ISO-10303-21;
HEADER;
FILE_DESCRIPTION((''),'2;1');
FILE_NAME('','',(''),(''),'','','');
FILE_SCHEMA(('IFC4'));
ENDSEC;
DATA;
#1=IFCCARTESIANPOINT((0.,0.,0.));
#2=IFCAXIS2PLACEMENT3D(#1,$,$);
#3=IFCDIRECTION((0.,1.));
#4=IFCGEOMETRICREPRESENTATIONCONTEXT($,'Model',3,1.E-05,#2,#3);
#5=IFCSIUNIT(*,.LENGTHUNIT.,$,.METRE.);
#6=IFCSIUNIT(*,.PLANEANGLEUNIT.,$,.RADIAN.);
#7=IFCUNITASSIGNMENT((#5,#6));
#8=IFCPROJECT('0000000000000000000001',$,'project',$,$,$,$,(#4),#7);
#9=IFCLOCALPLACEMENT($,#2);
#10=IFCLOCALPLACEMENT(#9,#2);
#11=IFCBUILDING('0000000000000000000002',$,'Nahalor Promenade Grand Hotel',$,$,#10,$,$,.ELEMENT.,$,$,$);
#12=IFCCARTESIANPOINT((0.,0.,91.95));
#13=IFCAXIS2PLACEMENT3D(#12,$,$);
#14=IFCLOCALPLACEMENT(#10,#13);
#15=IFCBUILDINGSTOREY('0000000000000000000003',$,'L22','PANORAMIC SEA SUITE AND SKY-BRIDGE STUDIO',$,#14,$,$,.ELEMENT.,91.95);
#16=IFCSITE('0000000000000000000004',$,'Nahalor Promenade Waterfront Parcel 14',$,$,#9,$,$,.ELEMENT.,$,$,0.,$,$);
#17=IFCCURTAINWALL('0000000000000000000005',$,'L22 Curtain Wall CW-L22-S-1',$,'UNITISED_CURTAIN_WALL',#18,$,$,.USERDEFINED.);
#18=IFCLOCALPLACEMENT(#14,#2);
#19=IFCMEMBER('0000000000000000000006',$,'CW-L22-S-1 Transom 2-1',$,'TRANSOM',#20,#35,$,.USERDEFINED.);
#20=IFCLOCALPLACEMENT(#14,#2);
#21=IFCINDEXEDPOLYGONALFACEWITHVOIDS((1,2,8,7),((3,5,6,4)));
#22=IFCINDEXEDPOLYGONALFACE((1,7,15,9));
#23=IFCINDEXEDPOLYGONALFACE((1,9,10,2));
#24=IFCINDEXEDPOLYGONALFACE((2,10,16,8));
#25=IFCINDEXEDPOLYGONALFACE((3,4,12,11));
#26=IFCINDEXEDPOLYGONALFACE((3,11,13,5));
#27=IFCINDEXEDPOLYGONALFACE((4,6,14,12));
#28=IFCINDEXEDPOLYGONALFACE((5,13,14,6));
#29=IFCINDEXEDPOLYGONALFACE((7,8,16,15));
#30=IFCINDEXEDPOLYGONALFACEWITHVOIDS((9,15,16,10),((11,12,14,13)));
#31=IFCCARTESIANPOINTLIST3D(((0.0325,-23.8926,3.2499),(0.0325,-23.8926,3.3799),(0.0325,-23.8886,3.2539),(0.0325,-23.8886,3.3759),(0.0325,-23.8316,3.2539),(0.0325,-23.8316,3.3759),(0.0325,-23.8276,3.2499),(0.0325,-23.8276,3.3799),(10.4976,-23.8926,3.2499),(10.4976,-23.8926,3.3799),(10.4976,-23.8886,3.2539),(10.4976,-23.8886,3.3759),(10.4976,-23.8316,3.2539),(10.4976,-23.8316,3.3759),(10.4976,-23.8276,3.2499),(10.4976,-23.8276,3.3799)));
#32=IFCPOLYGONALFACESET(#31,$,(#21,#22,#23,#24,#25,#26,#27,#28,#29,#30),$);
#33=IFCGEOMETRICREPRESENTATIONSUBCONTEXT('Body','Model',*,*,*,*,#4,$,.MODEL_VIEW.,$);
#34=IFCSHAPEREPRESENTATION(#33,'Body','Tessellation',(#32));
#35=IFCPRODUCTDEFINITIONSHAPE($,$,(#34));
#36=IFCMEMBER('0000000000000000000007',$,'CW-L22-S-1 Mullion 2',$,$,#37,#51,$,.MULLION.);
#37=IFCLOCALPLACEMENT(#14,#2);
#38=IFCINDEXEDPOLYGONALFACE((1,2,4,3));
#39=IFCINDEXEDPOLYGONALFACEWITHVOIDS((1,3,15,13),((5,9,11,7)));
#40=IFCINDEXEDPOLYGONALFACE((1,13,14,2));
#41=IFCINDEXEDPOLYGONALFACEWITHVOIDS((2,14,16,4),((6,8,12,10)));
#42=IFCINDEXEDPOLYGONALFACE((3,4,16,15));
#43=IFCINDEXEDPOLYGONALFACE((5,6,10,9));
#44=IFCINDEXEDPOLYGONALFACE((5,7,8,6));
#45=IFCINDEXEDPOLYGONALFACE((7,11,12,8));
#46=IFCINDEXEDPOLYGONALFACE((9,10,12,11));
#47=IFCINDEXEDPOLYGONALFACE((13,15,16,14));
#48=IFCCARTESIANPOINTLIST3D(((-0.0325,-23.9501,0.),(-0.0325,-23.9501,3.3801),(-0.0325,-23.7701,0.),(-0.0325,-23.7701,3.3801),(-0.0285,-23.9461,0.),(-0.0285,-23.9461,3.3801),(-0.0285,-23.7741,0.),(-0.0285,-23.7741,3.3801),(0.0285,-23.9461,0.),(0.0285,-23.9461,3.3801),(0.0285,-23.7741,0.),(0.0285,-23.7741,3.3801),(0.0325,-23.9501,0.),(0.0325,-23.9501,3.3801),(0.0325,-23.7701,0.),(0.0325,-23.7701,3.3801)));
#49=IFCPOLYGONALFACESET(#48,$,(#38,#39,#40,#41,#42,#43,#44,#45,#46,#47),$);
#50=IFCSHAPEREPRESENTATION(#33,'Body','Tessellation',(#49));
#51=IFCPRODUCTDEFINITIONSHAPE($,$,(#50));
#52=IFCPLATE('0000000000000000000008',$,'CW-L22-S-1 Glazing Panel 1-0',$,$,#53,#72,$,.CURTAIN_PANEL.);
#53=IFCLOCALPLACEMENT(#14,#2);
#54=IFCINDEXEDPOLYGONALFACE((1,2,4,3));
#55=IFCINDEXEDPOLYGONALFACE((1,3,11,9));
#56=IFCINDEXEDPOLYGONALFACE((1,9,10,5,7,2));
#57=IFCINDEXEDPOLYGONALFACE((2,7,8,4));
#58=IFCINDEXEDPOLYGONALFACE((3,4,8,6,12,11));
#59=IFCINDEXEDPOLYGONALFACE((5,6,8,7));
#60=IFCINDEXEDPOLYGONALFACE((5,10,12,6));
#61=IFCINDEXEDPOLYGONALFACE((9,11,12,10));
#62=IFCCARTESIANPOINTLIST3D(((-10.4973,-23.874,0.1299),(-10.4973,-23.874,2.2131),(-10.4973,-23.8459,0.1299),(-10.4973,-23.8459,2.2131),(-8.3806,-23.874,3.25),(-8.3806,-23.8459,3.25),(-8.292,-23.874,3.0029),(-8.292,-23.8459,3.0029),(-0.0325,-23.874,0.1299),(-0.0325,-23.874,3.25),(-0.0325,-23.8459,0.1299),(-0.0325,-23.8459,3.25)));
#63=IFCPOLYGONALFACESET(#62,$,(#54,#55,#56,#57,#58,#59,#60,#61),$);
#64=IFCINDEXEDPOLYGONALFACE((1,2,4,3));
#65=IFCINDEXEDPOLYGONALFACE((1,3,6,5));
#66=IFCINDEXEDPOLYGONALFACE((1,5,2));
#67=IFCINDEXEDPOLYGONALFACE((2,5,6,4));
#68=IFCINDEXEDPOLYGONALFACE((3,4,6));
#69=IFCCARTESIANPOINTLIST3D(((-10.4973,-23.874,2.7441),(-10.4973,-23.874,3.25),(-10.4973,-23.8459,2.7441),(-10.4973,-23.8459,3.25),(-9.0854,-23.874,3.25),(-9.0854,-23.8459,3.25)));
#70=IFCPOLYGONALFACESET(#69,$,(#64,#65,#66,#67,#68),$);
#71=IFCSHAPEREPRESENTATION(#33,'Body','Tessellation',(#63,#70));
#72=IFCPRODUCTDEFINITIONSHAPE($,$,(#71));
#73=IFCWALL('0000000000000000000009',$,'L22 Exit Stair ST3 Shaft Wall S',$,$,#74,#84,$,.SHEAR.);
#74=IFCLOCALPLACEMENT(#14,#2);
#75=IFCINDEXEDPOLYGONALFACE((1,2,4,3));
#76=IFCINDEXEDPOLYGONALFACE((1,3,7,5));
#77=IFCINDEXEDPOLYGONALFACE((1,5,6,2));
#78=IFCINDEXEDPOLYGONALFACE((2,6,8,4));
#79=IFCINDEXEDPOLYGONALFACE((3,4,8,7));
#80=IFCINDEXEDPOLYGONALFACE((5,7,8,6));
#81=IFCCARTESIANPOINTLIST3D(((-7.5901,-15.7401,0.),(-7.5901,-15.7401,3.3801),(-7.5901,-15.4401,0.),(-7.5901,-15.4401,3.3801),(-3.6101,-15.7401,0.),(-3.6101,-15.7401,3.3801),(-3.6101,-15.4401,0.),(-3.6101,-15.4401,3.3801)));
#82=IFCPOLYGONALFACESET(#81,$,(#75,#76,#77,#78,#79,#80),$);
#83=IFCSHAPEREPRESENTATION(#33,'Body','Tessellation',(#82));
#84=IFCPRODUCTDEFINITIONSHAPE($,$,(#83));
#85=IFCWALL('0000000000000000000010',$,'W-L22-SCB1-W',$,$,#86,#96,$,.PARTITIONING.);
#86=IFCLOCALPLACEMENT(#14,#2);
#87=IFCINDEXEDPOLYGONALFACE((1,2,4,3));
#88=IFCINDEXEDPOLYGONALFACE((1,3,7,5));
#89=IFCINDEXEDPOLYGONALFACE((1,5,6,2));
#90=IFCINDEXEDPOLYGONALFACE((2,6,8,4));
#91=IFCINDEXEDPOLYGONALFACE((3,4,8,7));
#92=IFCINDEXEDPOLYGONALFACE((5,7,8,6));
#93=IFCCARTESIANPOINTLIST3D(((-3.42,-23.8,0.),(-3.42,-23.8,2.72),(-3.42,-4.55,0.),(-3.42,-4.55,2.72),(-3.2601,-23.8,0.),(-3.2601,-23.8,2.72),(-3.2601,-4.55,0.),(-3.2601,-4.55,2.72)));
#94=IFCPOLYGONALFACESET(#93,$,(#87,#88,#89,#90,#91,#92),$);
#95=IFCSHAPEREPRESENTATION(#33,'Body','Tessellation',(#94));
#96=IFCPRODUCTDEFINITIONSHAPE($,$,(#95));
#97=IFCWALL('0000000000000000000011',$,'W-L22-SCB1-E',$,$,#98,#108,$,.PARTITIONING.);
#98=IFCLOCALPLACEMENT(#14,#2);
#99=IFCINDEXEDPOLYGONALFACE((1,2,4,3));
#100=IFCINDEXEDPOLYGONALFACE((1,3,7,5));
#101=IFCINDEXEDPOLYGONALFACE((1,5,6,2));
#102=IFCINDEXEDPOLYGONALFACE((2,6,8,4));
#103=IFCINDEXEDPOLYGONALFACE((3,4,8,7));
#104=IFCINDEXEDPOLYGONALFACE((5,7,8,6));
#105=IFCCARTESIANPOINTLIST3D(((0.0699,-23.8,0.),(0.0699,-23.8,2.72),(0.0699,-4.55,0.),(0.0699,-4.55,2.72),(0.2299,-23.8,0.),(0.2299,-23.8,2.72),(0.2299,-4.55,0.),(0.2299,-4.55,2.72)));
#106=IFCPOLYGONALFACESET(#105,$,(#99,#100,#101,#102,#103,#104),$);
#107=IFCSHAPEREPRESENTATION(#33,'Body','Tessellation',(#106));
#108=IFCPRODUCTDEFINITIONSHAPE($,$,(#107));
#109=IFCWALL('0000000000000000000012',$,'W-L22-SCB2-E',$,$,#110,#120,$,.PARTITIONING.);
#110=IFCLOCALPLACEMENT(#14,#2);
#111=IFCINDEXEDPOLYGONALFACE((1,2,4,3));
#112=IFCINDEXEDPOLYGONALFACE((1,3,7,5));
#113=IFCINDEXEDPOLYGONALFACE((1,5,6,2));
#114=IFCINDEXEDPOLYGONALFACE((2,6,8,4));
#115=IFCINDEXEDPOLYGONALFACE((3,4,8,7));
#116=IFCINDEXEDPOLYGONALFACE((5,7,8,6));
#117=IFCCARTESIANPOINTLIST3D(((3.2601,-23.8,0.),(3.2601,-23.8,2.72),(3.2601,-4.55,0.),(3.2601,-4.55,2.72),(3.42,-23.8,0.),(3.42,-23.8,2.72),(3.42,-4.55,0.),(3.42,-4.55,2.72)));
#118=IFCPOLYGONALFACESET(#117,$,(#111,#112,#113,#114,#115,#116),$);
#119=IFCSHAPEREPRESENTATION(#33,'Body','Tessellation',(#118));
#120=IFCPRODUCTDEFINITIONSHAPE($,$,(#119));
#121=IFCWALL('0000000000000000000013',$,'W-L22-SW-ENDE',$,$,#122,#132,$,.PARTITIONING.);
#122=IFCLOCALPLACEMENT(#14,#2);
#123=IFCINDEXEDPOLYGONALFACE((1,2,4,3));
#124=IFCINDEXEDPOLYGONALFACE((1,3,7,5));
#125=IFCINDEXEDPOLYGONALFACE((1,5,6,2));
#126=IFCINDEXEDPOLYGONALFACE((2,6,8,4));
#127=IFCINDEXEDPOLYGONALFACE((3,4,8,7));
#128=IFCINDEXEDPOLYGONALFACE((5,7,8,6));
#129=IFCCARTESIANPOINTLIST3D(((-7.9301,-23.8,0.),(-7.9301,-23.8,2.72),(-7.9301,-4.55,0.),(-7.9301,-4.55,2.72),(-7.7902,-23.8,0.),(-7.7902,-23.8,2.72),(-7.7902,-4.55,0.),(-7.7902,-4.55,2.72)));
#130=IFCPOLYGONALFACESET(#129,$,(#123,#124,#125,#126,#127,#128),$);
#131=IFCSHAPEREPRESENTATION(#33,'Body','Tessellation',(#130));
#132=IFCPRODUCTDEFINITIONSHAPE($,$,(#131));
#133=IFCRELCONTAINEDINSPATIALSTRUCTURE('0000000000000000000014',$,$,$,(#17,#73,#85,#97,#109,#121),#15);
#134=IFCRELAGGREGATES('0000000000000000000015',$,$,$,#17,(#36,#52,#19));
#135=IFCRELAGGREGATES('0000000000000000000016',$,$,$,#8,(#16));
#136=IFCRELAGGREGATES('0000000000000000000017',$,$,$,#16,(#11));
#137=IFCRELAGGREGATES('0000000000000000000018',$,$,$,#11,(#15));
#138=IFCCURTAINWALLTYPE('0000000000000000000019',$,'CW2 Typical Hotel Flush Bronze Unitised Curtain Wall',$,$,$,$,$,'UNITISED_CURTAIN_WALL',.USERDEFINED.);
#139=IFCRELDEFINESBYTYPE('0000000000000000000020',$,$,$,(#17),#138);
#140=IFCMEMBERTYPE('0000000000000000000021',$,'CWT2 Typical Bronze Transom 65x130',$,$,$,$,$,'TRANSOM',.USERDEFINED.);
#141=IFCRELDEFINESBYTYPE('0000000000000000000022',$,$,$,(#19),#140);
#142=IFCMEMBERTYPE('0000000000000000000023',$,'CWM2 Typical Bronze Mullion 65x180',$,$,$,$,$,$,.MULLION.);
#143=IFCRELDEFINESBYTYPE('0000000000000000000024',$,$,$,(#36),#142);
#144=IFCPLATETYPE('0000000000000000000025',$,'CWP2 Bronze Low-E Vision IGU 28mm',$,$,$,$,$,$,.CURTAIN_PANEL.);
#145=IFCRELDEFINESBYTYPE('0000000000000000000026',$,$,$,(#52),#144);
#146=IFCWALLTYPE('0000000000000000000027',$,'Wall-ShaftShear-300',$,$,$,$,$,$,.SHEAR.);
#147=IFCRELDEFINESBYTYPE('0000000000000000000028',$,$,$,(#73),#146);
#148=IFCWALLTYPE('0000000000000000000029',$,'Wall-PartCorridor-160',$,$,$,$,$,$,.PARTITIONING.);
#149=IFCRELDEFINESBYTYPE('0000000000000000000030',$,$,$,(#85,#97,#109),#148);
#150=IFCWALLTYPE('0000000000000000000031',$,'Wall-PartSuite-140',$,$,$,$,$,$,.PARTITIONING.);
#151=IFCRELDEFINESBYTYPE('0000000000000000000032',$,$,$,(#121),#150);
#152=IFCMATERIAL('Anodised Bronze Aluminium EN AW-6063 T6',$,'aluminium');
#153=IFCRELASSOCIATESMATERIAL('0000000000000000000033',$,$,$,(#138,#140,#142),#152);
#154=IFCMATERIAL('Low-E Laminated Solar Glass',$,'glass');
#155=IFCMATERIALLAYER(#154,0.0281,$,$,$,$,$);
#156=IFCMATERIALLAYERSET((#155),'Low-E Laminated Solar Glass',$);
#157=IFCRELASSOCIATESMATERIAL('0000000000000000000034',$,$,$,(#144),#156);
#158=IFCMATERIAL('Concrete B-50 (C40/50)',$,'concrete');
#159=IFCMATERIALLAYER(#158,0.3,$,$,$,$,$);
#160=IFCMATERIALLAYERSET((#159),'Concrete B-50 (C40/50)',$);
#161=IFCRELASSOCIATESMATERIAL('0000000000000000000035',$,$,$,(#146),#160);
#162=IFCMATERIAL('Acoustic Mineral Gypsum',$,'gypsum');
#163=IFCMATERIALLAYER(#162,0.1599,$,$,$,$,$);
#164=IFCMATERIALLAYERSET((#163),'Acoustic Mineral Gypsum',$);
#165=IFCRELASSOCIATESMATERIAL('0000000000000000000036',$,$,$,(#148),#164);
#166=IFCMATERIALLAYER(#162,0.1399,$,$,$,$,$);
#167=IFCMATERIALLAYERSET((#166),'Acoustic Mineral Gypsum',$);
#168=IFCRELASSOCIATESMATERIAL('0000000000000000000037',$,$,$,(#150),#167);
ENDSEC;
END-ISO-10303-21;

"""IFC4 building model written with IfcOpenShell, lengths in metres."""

from ifc_helpers import new_model, si_unit, direction, frame, frame_2d, origin, origin_2d, place, context, subcontext, project, spatial, polyline, rectangle, hollow_rectangle, outline, extrude, source, transform, mapped, material, layer, layer_set, material_profile, profile_set, type_object, element, aggregate, save


model = new_model("IFC4")

# Units and contexts
model_context = context("Model", 3, precision=1e-05, world=origin(), true_north=direction((0.0, 1.0)))
body_context = subcontext(model_context, "Body", "Model", "MODEL_VIEW")
ifc_project = project(units=[si_unit("LENGTHUNIT", "METRE"), si_unit("PLANEANGLEUNIT", "RADIAN")], contexts=[model_context])

# Site, building, storey
site_placement = place(None, origin())
site = spatial("IfcSite", under=ifc_project, at=site_placement, Name="Nahalor Promenade Waterfront Parcel 14", CompositionType="ELEMENT", RefElevation=0.0)
building_placement = place(site_placement, origin())
building = spatial("IfcBuilding", under=site, at=building_placement, Name="Nahalor Promenade Grand Hotel", CompositionType="ELEMENT")
storey_placement = place(building_placement, frame((0.0, 0.0, 91.95)))
storey = spatial("IfcBuildingStorey", under=building, at=storey_placement, Name="L22", Description="PANORAMIC SEA SUITE AND SKY-BRIDGE STUDIO", CompositionType="ELEMENT", Elevation=91.95)

# Curtain wall, members, plate
ifc_material_1 = material(Name="Anodised Bronze Aluminium EN AW-6063 T6", Category="aluminium")
curtain_wall_type = type_object("IfcCurtainWallType", Name="CW2 Typical Hotel Flush Bronze Unitised Curtain Wall", ElementType="UNITISED_CURTAIN_WALL", PredefinedType="USERDEFINED", material=ifc_material_1)
curtain_wall_placement = place(storey_placement, origin())
curtain_wall = element("IfcCurtainWall", 1, at=curtain_wall_placement, inside=storey, type_object=curtain_wall_type, Name="L22 Curtain Wall CW-L22-S-1", ObjectType="UNITISED_CURTAIN_WALL", PredefinedType="USERDEFINED")
ifc_material_profile_1 = material_profile(ifc_material_1, hollow_rectangle(XDim=0.065, YDim=0.13, WallThickness=0.004, at=origin_2d()), Name="CWT 65x130x4")
ifc_profile_set_1 = profile_set([ifc_material_profile_1], Name="Anodised Bronze Aluminium EN AW-6063 T6")
member_type_1 = type_object("IfcMemberType", Name="CWT2 Typical Bronze Transom 65x130", ElementType="TRANSOM", PredefinedType="USERDEFINED", material=ifc_profile_set_1)
shared_shape_1 = source(origin(), body_context, "Body", "SweptSolid", [
    extrude(hollow_rectangle(XDim=0.065, YDim=0.13, WallThickness=0.004, at=origin_2d()), origin(), (0.0, 0.0, 1.0), 10.4651),
])
member_1_placement = place(storey_placement, frame((0.0325, -23.8601, 3.3149), z_axis=(1.0, 0.0, 0.0), x_axis=(0.0, 1.0, 0.0)))
member_1 = element("IfcMember", 2, at=member_1_placement, type_object=member_type_1, Name="CW-L22-S-1 Transom 2-1", ObjectType="TRANSOM", PredefinedType="USERDEFINED", context=body_context, shape_type="MappedRepresentation", body=[
    mapped(shared_shape_1, transform((0.0, 0.0, 0.0), scale=1.0)),
])
ifc_material_profile_2 = material_profile(ifc_material_1, hollow_rectangle(XDim=0.065, YDim=0.18, WallThickness=0.004, at=origin_2d()), Name="CWM 65x180x4")
ifc_profile_set_2 = profile_set([ifc_material_profile_2], Name="Anodised Bronze Aluminium EN AW-6063 T6")
member_type_2 = type_object("IfcMemberType", Name="CWM2 Typical Bronze Mullion 65x180", PredefinedType="MULLION", material=ifc_profile_set_2)
shared_shape_2 = source(origin(), body_context, "Body", "SweptSolid", [
    extrude(hollow_rectangle(XDim=0.065, YDim=0.18, WallThickness=0.004, at=origin_2d()), origin(), (0.0, 0.0, 1.0), 3.3801),
])
member_2_placement = place(storey_placement, frame((0.0, -23.8601, 0.0), z_axis=(0.0, 0.0, 1.0), x_axis=(1.0, 0.0, 0.0)))
member_2 = element("IfcMember", 3, at=member_2_placement, type_object=member_type_2, Name="CW-L22-S-1 Mullion 2", PredefinedType="MULLION", context=body_context, shape_type="MappedRepresentation", body=[
    mapped(shared_shape_2, transform((0.0, 0.0, 0.0), scale=1.0)),
])
ifc_material_2 = material(Name="Low-E Laminated Solar Glass", Category="glass")
ifc_layer_1 = layer(ifc_material_2, 0.0281)
ifc_layer_set_1 = layer_set([ifc_layer_1], Name="Low-E Laminated Solar Glass")
plate_type = type_object("IfcPlateType", Name="CWP2 Bronze Low-E Vision IGU 28mm", PredefinedType="CURTAIN_PANEL", material=ifc_layer_set_1)
plate_placement = place(storey_placement, frame((-5.2649, -23.8601, 0.1299), z_axis=(0.0, 0.0, 1.0), x_axis=(1.0, 0.0, 0.0)))
plate = element("IfcPlate", 4, at=plate_placement, type_object=plate_type, Name="CW-L22-S-1 Glazing Panel 1-0", PredefinedType="CURTAIN_PANEL", context=body_context, shape_type="SweptSolid", body=[
    extrude(outline(polyline([(5.2324, 0.0), (5.2324, 3.1201), (-3.1157, 3.1201), (-3.0271, 2.873), (-5.2324, 2.0833), (-5.2324, 0.0), (5.2324, 0.0)])), frame((0.0, 0.0142, 0.0), z_axis=(0.0, -1.0, 0.0), x_axis=(1.0, 0.0, 0.0)), (0.0, 0.0, 1.0), 0.0281),
    extrude(outline(polyline([(-3.8206, 3.1201), (-5.2324, 3.1201), (-5.2324, 2.6143), (-3.8206, 3.1201)])), frame((0.0, 0.0142, 0.0), z_axis=(0.0, -1.0, 0.0), x_axis=(1.0, 0.0, 0.0)), (0.0, 0.0, 1.0), 0.0281),
])
aggregate(curtain_wall, [member_2, plate, member_1])

# Walls
ifc_material_3 = material(Name="Concrete B-50 (C40/50)", Category="concrete")
ifc_layer_2 = layer(ifc_material_3, 0.3)
ifc_layer_set_2 = layer_set([ifc_layer_2], Name="Concrete B-50 (C40/50)")
wall_type_1 = type_object("IfcWallType", Name="Wall-ShaftShear-300", PredefinedType="SHEAR", material=ifc_layer_set_2)
shared_shape_3 = source(origin(), body_context, "Body", "SweptSolid", [
    extrude(rectangle(XDim=3.98, YDim=0.3, at=frame_2d((1.99, 0.0))), origin(), (0.0, 0.0, 1.0), 3.3801),
])
wall_1_placement = place(storey_placement, frame((-7.5901, -15.5901, 0.0), z_axis=(0.0, 0.0, 1.0), x_axis=(1.0, 0.0, 0.0)))
element("IfcWall", 5, at=wall_1_placement, inside=storey, type_object=wall_type_1, Name="L22 Exit Stair ST3 Shaft Wall S", PredefinedType="SHEAR", context=body_context, shape_type="MappedRepresentation", body=[
    mapped(shared_shape_3, transform((0.0, 0.0, 0.0), scale=1.0)),
])
ifc_material_4 = material(Name="Acoustic Mineral Gypsum", Category="gypsum")
ifc_layer_3 = layer(ifc_material_4, 0.1599)
ifc_layer_set_3 = layer_set([ifc_layer_3], Name="Acoustic Mineral Gypsum")
wall_type_2 = type_object("IfcWallType", Name="Wall-PartCorridor-160", PredefinedType="PARTITIONING", material=ifc_layer_set_3)
shared_shape_4 = source(origin(), body_context, "Body", "SweptSolid", [
    extrude(rectangle(XDim=19.25, YDim=0.1599, at=frame_2d((9.625, 0.0))), origin(), (0.0, 0.0, 1.0), 2.72),
])
for number, where, z_axis, x_axis, name in (
    (6, (-3.3401, -23.8, 0.0), (0.0, 0.0, 1.0), (0.0, 1.0, 0.0), "W-L22-SCB1-W"),
    (7, (0.1499, -23.8, 0.0), (0.0, 0.0, 1.0), (0.0, 1.0, 0.0), "W-L22-SCB1-E"),
    (8, (3.3401, -23.8, 0.0), (0.0, 0.0, 1.0), (0.0, 1.0, 0.0), "W-L22-SCB2-E"),
):
    element("IfcWall", number, at=place(storey_placement, frame(where, z_axis=z_axis, x_axis=x_axis)), inside=storey, type_object=wall_type_2, Name=name, PredefinedType="PARTITIONING", context=body_context, shape_type="MappedRepresentation", body=[
        mapped(shared_shape_4, transform((0.0, 0.0, 0.0), scale=1.0)),
    ])
ifc_layer_4 = layer(ifc_material_4, 0.1399)
ifc_layer_set_4 = layer_set([ifc_layer_4], Name="Acoustic Mineral Gypsum")
wall_type_3 = type_object("IfcWallType", Name="Wall-PartSuite-140", PredefinedType="PARTITIONING", material=ifc_layer_set_4)
shared_shape_5 = source(origin(), body_context, "Body", "SweptSolid", [
    extrude(rectangle(XDim=19.25, YDim=0.1399, at=frame_2d((9.625, 0.0))), origin(), (0.0, 0.0, 1.0), 2.72),
])
wall_2_placement = place(storey_placement, frame((-7.8601, -23.8, 0.0), z_axis=(0.0, 0.0, 1.0), x_axis=(0.0, 1.0, 0.0)))
element("IfcWall", 9, at=wall_2_placement, inside=storey, type_object=wall_type_3, Name="W-L22-SW-ENDE", PredefinedType="PARTITIONING", context=body_context, shape_type="MappedRepresentation", body=[
    mapped(shared_shape_5, transform((0.0, 0.0, 0.0), scale=1.0)),
])

save(model, "model.ifc")
